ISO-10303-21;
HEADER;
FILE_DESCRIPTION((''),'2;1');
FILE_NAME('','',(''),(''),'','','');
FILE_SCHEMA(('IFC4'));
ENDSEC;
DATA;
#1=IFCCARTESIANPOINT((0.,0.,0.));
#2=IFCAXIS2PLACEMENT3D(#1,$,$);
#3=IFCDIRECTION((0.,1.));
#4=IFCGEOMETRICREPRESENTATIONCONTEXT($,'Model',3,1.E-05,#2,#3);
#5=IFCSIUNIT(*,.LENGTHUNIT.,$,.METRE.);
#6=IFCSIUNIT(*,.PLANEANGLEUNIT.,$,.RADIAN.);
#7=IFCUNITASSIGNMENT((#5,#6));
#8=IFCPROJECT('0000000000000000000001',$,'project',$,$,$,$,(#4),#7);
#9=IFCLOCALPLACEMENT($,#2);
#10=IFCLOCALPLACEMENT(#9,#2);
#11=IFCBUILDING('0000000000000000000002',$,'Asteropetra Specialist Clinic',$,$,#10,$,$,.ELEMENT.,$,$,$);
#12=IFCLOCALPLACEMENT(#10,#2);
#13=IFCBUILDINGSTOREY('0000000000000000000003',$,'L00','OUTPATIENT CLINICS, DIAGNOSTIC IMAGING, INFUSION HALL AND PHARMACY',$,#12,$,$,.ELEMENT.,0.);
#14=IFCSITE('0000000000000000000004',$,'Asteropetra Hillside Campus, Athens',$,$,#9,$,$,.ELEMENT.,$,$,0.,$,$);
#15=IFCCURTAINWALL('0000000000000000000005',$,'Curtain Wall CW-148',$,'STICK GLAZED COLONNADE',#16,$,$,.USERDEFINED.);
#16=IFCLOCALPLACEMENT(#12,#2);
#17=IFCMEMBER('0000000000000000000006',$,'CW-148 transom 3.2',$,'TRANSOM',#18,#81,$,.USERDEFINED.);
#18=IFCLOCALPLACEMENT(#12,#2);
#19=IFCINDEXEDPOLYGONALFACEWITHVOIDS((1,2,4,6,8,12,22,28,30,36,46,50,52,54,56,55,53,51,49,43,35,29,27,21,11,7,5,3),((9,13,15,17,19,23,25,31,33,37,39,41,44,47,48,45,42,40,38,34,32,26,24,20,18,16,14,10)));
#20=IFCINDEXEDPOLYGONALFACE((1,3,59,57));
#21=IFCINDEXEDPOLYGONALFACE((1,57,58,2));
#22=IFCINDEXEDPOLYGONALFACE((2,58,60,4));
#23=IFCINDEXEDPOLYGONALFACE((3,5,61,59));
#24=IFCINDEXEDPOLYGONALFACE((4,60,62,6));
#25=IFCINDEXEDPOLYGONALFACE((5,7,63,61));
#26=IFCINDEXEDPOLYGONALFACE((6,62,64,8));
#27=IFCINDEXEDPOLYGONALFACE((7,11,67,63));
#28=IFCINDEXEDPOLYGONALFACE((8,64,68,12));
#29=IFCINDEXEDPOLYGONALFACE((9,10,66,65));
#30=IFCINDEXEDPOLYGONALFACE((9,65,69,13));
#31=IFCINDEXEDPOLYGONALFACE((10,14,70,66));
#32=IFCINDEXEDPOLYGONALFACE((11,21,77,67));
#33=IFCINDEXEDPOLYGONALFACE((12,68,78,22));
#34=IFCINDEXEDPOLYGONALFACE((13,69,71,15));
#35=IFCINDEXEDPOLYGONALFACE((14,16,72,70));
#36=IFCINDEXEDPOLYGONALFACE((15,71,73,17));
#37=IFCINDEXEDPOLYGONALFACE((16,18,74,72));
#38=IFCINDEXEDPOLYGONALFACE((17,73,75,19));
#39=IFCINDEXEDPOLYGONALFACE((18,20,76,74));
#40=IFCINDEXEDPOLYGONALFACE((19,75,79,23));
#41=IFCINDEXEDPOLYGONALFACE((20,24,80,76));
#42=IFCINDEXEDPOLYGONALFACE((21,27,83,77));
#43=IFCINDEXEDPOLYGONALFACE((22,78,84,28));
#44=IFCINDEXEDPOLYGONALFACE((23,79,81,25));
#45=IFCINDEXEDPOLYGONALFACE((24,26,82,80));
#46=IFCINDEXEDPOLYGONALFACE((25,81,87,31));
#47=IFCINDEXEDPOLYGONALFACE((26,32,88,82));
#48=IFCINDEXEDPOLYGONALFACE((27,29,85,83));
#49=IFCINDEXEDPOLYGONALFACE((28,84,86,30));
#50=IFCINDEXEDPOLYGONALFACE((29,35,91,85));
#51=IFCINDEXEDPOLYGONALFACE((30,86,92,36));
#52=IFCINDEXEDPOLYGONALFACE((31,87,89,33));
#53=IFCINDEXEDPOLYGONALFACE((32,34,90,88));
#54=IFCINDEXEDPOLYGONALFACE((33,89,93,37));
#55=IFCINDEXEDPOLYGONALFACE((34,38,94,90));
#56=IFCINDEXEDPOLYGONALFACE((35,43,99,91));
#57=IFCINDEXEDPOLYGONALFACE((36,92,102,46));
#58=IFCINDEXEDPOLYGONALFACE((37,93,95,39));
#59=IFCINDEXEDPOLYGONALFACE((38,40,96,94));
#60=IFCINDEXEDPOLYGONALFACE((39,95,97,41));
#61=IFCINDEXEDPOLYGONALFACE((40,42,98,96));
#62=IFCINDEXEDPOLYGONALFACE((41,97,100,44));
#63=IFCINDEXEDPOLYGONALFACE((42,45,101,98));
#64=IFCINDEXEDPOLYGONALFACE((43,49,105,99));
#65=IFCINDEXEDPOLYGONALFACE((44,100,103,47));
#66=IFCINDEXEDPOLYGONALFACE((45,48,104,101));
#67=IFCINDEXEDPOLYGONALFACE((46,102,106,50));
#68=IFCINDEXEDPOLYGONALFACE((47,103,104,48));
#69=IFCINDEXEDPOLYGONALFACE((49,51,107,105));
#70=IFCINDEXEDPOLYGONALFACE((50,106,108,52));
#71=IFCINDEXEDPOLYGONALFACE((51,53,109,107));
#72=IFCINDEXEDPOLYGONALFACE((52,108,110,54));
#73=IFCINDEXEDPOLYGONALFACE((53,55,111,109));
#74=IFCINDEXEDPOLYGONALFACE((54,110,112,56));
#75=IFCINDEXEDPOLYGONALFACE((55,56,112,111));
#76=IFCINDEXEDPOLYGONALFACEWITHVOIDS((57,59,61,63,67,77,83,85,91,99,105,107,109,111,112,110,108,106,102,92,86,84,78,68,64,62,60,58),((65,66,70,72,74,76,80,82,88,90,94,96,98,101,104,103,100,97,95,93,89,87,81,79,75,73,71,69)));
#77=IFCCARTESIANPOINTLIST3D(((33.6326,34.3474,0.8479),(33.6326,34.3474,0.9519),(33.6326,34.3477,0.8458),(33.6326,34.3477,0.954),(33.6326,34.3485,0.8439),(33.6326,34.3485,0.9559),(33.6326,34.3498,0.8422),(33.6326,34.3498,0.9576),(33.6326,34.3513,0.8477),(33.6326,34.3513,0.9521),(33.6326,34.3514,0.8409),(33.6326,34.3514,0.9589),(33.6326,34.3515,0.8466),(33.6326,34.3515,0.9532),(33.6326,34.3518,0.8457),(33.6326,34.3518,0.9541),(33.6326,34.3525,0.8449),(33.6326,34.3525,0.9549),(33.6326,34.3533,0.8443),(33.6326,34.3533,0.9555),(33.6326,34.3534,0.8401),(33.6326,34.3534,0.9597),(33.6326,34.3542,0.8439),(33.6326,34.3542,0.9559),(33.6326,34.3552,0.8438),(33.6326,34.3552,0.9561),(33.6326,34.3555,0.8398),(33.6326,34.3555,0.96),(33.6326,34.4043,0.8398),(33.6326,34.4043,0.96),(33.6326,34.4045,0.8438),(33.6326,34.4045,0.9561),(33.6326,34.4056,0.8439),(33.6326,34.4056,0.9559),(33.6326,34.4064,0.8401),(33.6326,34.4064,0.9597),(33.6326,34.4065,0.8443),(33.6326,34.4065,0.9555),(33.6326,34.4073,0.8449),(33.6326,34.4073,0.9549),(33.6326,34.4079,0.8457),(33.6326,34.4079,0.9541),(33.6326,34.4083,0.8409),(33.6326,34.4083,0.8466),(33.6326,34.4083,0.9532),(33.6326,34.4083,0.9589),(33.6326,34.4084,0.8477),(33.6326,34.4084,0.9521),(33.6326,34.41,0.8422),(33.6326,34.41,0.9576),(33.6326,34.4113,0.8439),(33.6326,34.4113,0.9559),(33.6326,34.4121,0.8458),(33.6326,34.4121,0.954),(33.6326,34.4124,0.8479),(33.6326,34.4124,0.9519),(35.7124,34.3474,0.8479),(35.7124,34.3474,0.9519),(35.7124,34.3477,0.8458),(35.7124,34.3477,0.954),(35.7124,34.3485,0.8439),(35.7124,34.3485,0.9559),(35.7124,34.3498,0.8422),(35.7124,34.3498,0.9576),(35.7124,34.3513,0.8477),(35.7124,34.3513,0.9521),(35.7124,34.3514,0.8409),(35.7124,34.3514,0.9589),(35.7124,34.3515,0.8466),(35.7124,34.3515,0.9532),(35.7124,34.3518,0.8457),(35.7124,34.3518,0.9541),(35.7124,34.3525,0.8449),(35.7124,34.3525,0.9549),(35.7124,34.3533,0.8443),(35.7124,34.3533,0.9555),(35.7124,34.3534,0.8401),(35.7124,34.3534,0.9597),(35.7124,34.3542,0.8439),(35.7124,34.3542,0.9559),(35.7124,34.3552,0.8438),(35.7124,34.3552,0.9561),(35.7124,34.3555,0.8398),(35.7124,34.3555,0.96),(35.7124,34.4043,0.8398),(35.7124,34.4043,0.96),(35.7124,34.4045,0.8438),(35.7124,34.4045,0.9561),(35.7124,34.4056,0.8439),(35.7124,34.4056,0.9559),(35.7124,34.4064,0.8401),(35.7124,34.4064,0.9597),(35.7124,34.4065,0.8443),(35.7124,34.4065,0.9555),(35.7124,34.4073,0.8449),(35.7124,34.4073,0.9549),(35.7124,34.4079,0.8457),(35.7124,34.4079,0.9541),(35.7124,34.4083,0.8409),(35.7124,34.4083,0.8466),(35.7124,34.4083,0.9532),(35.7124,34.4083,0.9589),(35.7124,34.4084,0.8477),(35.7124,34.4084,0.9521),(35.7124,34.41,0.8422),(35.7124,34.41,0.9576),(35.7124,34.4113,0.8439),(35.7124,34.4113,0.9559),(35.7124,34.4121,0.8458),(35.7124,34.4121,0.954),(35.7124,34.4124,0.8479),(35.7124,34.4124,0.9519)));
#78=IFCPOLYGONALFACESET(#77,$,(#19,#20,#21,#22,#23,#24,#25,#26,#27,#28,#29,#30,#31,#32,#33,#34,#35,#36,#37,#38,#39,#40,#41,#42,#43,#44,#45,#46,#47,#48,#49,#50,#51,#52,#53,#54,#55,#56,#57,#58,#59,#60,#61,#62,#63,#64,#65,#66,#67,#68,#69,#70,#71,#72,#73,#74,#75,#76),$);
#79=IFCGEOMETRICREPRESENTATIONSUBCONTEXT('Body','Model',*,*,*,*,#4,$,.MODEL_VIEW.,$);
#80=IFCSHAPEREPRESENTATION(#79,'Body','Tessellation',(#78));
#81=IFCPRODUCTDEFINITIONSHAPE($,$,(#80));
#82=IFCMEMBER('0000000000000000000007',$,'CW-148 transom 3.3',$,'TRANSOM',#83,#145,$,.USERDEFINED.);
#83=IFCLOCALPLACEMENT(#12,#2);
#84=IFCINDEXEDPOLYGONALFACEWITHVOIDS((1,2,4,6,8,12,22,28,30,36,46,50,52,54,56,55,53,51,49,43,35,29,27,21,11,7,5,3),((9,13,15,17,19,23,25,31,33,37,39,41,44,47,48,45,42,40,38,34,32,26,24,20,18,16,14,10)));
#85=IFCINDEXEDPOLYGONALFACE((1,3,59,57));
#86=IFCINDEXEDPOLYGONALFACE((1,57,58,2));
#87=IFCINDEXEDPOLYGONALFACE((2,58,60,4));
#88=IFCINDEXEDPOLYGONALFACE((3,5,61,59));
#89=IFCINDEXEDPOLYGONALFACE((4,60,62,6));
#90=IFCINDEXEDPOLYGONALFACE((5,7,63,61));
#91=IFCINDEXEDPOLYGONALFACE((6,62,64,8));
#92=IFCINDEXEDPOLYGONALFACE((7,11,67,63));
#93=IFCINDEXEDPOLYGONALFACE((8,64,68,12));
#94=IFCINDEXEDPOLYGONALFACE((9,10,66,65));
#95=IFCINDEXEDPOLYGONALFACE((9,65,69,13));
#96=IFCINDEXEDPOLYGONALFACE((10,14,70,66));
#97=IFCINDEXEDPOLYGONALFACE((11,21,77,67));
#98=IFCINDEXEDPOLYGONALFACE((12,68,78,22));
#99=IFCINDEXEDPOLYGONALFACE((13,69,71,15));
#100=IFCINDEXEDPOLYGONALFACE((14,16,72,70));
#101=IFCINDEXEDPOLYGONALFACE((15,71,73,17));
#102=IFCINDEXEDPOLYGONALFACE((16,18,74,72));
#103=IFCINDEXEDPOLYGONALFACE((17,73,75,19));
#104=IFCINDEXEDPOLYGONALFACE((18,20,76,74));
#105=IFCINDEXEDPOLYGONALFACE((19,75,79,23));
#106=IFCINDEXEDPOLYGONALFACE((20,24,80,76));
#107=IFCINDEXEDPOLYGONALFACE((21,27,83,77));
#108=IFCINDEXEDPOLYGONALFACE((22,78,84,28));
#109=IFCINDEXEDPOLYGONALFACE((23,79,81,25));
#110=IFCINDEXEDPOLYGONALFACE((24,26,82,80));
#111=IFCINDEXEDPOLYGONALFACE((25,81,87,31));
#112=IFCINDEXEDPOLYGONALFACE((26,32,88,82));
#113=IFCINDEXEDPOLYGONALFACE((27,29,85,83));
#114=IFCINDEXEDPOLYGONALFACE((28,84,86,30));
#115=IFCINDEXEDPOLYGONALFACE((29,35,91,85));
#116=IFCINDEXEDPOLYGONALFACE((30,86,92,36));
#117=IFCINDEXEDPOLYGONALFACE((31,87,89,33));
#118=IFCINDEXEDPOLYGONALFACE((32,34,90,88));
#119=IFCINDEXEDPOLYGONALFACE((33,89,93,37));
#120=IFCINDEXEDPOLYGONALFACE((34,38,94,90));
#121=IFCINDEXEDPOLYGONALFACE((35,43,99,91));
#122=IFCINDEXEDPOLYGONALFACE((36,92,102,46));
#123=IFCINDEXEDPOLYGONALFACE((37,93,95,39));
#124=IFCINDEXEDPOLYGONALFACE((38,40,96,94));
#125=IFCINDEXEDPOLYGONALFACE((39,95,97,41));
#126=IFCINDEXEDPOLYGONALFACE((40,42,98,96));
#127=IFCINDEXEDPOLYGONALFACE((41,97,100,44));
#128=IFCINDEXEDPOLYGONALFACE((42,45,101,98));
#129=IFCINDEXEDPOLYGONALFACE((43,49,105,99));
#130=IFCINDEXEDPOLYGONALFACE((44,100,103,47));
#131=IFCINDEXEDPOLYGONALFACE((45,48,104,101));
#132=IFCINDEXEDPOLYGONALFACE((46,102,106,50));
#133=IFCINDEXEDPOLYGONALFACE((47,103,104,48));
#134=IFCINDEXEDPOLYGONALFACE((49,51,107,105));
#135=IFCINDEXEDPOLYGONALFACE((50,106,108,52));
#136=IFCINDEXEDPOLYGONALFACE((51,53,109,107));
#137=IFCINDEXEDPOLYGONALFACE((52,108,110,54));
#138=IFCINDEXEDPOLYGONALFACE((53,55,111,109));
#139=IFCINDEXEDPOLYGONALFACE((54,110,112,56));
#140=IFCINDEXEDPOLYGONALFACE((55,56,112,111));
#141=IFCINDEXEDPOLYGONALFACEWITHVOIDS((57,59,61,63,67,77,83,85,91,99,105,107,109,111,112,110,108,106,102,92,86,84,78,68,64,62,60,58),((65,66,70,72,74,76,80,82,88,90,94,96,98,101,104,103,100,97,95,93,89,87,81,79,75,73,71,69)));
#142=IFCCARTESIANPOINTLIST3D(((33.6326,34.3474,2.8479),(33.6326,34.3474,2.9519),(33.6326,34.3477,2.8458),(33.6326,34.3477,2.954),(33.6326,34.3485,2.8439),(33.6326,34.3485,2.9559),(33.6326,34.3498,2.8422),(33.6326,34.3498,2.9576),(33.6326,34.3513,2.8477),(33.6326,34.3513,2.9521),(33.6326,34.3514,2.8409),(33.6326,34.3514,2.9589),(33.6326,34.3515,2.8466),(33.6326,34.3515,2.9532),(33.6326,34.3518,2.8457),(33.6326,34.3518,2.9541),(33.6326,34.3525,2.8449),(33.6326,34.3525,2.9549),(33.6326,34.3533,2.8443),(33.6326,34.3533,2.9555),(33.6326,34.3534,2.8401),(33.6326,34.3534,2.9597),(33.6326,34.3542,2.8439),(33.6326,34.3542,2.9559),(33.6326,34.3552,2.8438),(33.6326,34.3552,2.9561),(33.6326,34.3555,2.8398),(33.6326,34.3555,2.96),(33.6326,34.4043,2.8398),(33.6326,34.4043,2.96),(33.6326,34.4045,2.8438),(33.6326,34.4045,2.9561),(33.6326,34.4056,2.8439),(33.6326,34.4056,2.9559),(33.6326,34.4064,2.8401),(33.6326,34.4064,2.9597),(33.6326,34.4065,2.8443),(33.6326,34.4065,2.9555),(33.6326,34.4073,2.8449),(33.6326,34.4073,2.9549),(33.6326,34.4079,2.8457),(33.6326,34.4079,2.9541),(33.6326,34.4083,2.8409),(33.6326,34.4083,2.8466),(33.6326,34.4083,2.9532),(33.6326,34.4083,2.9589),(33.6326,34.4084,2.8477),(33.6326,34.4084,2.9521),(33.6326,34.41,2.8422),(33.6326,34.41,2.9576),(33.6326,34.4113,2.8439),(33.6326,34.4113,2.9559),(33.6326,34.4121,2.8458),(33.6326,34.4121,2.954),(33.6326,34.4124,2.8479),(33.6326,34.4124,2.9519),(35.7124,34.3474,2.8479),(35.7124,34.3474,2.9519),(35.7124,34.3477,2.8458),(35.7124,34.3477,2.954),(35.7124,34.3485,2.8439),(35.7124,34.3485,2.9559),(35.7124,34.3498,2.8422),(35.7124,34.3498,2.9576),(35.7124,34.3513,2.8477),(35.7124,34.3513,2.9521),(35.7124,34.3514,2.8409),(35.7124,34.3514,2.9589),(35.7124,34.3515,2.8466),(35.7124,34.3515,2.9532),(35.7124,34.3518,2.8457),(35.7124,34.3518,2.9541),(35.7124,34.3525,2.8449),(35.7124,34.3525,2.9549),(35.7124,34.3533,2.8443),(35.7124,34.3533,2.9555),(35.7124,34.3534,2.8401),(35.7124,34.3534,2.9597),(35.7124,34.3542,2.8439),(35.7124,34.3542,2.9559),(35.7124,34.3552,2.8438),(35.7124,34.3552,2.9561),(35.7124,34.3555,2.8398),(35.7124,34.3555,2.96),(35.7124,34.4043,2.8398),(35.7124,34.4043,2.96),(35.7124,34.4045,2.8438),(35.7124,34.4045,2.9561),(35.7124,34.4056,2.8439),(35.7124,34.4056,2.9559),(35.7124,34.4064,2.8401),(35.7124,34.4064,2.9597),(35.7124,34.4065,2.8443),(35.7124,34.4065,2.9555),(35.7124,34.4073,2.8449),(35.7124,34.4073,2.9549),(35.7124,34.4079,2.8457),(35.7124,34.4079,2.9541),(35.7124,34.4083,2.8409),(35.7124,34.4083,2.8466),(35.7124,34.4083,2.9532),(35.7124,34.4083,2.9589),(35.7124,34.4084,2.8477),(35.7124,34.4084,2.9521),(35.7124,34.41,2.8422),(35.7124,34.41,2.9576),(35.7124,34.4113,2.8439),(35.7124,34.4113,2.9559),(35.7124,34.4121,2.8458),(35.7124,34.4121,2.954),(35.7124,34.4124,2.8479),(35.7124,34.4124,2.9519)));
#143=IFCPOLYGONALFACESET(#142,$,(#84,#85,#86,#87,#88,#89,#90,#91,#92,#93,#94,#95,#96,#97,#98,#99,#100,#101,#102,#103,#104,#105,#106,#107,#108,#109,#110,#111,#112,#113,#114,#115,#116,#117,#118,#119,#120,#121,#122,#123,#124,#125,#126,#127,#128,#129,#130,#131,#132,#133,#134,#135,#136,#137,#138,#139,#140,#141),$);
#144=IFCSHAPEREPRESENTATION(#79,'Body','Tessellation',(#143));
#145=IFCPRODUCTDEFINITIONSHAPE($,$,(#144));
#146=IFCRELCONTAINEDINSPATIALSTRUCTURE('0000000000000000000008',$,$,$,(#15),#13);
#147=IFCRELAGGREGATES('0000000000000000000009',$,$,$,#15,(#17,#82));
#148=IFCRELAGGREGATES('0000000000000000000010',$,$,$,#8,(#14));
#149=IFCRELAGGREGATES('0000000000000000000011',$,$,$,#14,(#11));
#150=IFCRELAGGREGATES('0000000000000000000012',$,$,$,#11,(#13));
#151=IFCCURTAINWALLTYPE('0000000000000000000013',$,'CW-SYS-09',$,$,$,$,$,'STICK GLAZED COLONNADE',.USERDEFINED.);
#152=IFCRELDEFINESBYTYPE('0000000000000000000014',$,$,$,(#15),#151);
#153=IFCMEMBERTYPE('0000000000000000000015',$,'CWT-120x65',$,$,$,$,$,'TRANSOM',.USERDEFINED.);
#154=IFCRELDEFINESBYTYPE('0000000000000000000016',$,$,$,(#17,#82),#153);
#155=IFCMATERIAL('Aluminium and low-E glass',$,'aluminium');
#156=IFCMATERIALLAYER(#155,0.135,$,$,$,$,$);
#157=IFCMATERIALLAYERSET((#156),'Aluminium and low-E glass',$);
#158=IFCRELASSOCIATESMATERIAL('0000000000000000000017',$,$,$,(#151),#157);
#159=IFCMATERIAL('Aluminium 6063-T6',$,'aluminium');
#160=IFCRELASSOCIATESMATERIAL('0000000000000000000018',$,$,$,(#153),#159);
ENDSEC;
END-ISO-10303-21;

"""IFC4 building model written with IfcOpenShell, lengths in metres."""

from ifc_helpers import new_model, si_unit, direction, frame, origin, origin_2d, place, context, subcontext, project, spatial, hollow_rectangle, extrude, material, layer, layer_set, material_profile, profile_set, type_object, element, aggregate, save


model = new_model("IFC4")

# Units and contexts
model_context = context("Model", 3, precision=1e-05, world=origin(), true_north=direction((0.0, 1.0)))
body_context = subcontext(model_context, "Body", "Model", "MODEL_VIEW")
ifc_project = project(units=[si_unit("LENGTHUNIT", "METRE"), si_unit("PLANEANGLEUNIT", "RADIAN")], contexts=[model_context])

# Site, building, storey
site_placement = place(None, origin())
site = spatial("IfcSite", under=ifc_project, at=site_placement, Name="Asteropetra Hillside Campus, Athens", CompositionType="ELEMENT", RefElevation=0.0)
building_placement = place(site_placement, origin())
building = spatial("IfcBuilding", under=site, at=building_placement, Name="Asteropetra Specialist Clinic", CompositionType="ELEMENT")
storey_placement = place(building_placement, origin())
storey = spatial("IfcBuildingStorey", under=building, at=storey_placement, Name="L00", Description="OUTPATIENT CLINICS, DIAGNOSTIC IMAGING, INFUSION HALL AND PHARMACY", CompositionType="ELEMENT", Elevation=0.0)

# Curtain wall, members
ifc_material_1 = material(Name="Aluminium and low-E glass", Category="aluminium")
ifc_layer_1 = layer(ifc_material_1, 0.135)
ifc_layer_set_1 = layer_set([ifc_layer_1], Name="Aluminium and low-E glass")
curtain_wall_type = type_object("IfcCurtainWallType", Name="CW-SYS-09", ElementType="STICK GLAZED COLONNADE", PredefinedType="USERDEFINED", material=ifc_layer_set_1)
curtain_wall_placement = place(storey_placement, origin())
curtain_wall = element("IfcCurtainWall", 1, at=curtain_wall_placement, inside=storey, type_object=curtain_wall_type, Name="Curtain Wall CW-148", ObjectType="STICK GLAZED COLONNADE", PredefinedType="USERDEFINED")
ifc_material_2 = material(Name="Aluminium 6063-T6", Category="aluminium")
ifc_material_profile_1 = material_profile(ifc_material_2, hollow_rectangle(XDim=0.0649, YDim=0.1201, WallThickness=0.0039, InnerFilletRadius=0.0039, OuterFilletRadius=0.0081, at=origin_2d()), Name="TRN 120x65x4.0")
ifc_profile_set_1 = profile_set([ifc_material_profile_1], Name="Aluminium 6063-T6")
member_type_1 = type_object("IfcMemberType", Name="CWT-120x65", ElementType="TRANSOM", PredefinedType="USERDEFINED", material=ifc_profile_set_1)
member_1_placement = place(storey_placement, frame((33.6326, 34.3799, 0.8999), z_axis=(1.0, 0.0, 0.0), x_axis=(0.0, 1.0, 0.0)))
member_1 = element("IfcMember", 2, at=member_1_placement, type_object=member_type_1, Name="CW-148 transom 3.2", ObjectType="TRANSOM", PredefinedType="USERDEFINED", context=body_context, shape_type="SweptSolid", body=[
    extrude(hollow_rectangle(XDim=0.0649, YDim=0.1201, WallThickness=0.0039, InnerFilletRadius=0.0039, OuterFilletRadius=0.0081, at=origin_2d()), origin(), (0.0, 0.0, 1.0), 2.0798),
])
member_2_placement = place(storey_placement, frame((33.6326, 34.3799, 2.8999), z_axis=(1.0, 0.0, 0.0), x_axis=(0.0, 1.0, 0.0)))
member_2 = element("IfcMember", 3, at=member_2_placement, type_object=member_type_1, Name="CW-148 transom 3.3", ObjectType="TRANSOM", PredefinedType="USERDEFINED", context=body_context, shape_type="SweptSolid", body=[
    extrude(hollow_rectangle(XDim=0.0649, YDim=0.1201, WallThickness=0.0039, InnerFilletRadius=0.0039, OuterFilletRadius=0.0081, at=origin_2d()), origin(), (0.0, 0.0, 1.0), 2.0798),
])

aggregate(curtain_wall, [member_1, member_2])

save(model, "model.ifc")
